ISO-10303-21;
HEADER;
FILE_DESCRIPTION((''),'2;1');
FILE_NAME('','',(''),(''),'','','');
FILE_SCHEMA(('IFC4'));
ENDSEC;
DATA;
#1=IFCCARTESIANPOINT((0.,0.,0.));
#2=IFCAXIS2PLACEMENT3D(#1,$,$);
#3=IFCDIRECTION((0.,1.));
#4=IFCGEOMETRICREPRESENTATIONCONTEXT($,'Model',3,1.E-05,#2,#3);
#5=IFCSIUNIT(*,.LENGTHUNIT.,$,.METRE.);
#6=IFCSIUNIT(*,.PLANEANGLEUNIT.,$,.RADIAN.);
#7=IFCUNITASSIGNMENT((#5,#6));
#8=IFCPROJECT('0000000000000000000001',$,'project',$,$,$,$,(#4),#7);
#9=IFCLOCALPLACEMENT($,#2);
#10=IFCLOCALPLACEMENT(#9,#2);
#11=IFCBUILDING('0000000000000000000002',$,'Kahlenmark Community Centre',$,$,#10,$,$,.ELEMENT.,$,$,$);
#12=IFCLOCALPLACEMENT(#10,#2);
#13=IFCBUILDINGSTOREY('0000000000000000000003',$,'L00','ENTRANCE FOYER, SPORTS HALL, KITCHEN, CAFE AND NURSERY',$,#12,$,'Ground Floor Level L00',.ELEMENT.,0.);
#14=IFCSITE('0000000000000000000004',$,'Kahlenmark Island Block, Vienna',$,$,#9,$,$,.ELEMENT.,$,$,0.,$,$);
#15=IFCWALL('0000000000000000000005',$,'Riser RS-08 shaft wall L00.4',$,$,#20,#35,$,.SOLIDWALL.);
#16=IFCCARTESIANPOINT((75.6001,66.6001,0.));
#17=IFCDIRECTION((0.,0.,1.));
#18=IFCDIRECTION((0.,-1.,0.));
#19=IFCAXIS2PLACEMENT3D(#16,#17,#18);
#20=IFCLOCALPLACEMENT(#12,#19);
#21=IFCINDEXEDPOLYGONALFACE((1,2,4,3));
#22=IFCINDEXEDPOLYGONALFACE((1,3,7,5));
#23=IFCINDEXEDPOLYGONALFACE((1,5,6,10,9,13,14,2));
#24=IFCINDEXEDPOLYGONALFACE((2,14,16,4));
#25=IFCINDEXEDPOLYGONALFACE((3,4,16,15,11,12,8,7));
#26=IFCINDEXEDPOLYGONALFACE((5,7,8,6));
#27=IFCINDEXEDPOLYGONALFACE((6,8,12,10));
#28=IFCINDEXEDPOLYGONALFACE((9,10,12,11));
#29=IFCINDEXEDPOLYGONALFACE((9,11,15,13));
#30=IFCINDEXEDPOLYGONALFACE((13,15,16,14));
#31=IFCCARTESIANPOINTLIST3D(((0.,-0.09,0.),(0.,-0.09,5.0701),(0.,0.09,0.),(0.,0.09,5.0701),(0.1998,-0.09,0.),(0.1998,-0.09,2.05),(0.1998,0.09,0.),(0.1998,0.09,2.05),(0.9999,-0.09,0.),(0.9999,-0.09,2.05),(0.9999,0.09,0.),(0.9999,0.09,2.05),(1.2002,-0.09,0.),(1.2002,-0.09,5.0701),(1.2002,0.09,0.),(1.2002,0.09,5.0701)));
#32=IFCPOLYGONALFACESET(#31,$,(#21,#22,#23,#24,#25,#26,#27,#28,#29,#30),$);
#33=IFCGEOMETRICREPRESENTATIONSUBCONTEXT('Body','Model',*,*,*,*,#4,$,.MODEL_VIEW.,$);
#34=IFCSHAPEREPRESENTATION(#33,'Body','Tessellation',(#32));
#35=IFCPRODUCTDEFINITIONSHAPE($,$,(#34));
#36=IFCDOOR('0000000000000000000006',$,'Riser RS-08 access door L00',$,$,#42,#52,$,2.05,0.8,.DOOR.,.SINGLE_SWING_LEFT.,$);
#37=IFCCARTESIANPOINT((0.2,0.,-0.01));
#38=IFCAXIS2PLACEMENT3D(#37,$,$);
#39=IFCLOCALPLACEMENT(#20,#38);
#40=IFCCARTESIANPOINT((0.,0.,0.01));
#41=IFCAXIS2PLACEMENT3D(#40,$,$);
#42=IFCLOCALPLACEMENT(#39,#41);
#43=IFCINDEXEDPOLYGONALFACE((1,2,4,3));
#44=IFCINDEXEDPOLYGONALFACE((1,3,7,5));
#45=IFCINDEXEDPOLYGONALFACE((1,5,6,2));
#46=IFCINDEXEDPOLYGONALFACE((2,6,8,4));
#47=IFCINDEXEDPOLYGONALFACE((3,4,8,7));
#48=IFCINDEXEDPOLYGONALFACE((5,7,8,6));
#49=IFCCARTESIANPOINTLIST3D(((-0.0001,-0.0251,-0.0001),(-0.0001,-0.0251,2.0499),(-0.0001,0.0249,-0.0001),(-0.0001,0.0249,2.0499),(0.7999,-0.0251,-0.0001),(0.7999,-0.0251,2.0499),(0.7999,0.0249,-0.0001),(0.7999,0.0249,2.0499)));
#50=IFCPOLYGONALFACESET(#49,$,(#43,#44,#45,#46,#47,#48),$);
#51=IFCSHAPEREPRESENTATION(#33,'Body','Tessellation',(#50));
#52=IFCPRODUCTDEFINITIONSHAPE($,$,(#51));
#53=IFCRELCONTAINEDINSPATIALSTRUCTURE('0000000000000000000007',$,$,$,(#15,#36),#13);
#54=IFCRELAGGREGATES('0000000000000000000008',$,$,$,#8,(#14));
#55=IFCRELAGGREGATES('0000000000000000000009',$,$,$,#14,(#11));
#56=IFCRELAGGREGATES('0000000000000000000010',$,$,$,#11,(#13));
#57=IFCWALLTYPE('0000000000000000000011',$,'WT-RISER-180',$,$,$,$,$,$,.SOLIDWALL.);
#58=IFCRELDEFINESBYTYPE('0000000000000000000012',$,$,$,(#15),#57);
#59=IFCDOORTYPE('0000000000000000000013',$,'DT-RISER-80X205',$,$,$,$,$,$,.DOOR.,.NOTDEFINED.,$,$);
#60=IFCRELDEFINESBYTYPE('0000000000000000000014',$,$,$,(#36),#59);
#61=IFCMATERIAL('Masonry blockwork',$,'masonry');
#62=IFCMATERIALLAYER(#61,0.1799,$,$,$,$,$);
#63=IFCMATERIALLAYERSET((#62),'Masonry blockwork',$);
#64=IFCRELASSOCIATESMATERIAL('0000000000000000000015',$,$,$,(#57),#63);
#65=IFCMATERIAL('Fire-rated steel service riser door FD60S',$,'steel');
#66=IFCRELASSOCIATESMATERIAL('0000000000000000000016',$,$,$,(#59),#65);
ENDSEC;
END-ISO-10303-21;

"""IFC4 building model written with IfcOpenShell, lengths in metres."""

from ifc_helpers import new_model, si_unit, direction, frame, frame_2d, origin, place, context, subcontext, project, spatial, rectangle, extrude, material, layer, layer_set, type_object, element, fill, save


model = new_model("IFC4")

# Units and contexts
model_context = context("Model", 3, precision=1e-05, world=origin(), true_north=direction((0.0, 1.0)))
body_context = subcontext(model_context, "Body", "Model", "MODEL_VIEW")
ifc_project = project(units=[si_unit("LENGTHUNIT", "METRE"), si_unit("PLANEANGLEUNIT", "RADIAN")], contexts=[model_context])

# Site, building, storey
site_placement = place(None, origin())
site = spatial("IfcSite", under=ifc_project, at=site_placement, Name="Kahlenmark Island Block, Vienna", CompositionType="ELEMENT", RefElevation=0.0)
building_placement = place(site_placement, origin())
building = spatial("IfcBuilding", under=site, at=building_placement, Name="Kahlenmark Community Centre", CompositionType="ELEMENT")
storey_placement = place(building_placement, origin())
storey = spatial("IfcBuildingStorey", under=building, at=storey_placement, Name="L00", Description="ENTRANCE FOYER, SPORTS HALL, KITCHEN, CAFE AND NURSERY", LongName="Ground Floor Level L00", CompositionType="ELEMENT", Elevation=0.0)

# Shared definitions
ifc_material_1 = material(Name="Masonry blockwork", Category="masonry")
ifc_layer_1 = layer(ifc_material_1, 0.1799)
ifc_layer_set_1 = layer_set([ifc_layer_1], Name="Masonry blockwork")
wall_type_1 = type_object("IfcWallType", Name="WT-RISER-180", PredefinedType="SOLIDWALL", material=ifc_layer_set_1)

# Wall, opening, door
wall_1_placement = place(storey_placement, frame((75.6001, 66.6001, 0.0), z_axis=(0.0, 0.0, 1.0), x_axis=(0.0, -1.0, 0.0)))
wall_1 = element("IfcWall", 1, at=wall_1_placement, inside=storey, type_object=wall_type_1, Name="Riser RS-08 shaft wall L00.4", PredefinedType="SOLIDWALL", context=body_context, shape_type="SweptSolid", body=[
    extrude(rectangle(XDim=1.2002, YDim=0.1799, at=frame_2d((0.6001, 0.0))), origin(), (0.0, 0.0, 1.0), 5.0701),
])
opening_1_placement = place(wall_1_placement, frame((0.2, 0.0, -0.01)))
opening_1 = element("IfcOpeningElement", 2, at=opening_1_placement, cuts=wall_1, PredefinedType="OPENING", context=body_context, shape_type="SweptSolid", body=[
    extrude(rectangle(XDim=0.8, YDim=2.0601, at=frame_2d((0.3999, 1.03))), frame((0.0, 0.0999, 0.0), z_axis=(0.0, -1.0, 0.0), x_axis=(1.0, 0.0, 0.0)), (0.0, 0.0, 1.0), 0.2),
])
ifc_material_2 = material(Name="Fire-rated steel service riser door FD60S", Category="steel")
door_type_1 = type_object("IfcDoorType", Name="DT-RISER-80X205", OperationType="NOTDEFINED", PredefinedType="DOOR", material=ifc_material_2)
door_1_placement = place(opening_1_placement, frame((0.0, 0.0, 0.01)))
door_1 = element("IfcDoor", 3, at=door_1_placement, inside=storey, type_object=door_type_1, Name="Riser RS-08 access door L00", OperationType="SINGLE_SWING_LEFT", OverallHeight=2.05, OverallWidth=0.8, PredefinedType="DOOR", context=body_context, shape_type="SweptSolid", body=[
    extrude(rectangle(XDim=0.8, YDim=2.05, at=frame_2d((0.3999, 1.0249))), frame((0.0, 0.0249, 0.0), z_axis=(0.0, -1.0, 0.0), x_axis=(1.0, 0.0, 0.0)), (0.0, 0.0, 1.0), 0.05),
])
fill(opening_1, door_1)

save(model, "model.ifc")
